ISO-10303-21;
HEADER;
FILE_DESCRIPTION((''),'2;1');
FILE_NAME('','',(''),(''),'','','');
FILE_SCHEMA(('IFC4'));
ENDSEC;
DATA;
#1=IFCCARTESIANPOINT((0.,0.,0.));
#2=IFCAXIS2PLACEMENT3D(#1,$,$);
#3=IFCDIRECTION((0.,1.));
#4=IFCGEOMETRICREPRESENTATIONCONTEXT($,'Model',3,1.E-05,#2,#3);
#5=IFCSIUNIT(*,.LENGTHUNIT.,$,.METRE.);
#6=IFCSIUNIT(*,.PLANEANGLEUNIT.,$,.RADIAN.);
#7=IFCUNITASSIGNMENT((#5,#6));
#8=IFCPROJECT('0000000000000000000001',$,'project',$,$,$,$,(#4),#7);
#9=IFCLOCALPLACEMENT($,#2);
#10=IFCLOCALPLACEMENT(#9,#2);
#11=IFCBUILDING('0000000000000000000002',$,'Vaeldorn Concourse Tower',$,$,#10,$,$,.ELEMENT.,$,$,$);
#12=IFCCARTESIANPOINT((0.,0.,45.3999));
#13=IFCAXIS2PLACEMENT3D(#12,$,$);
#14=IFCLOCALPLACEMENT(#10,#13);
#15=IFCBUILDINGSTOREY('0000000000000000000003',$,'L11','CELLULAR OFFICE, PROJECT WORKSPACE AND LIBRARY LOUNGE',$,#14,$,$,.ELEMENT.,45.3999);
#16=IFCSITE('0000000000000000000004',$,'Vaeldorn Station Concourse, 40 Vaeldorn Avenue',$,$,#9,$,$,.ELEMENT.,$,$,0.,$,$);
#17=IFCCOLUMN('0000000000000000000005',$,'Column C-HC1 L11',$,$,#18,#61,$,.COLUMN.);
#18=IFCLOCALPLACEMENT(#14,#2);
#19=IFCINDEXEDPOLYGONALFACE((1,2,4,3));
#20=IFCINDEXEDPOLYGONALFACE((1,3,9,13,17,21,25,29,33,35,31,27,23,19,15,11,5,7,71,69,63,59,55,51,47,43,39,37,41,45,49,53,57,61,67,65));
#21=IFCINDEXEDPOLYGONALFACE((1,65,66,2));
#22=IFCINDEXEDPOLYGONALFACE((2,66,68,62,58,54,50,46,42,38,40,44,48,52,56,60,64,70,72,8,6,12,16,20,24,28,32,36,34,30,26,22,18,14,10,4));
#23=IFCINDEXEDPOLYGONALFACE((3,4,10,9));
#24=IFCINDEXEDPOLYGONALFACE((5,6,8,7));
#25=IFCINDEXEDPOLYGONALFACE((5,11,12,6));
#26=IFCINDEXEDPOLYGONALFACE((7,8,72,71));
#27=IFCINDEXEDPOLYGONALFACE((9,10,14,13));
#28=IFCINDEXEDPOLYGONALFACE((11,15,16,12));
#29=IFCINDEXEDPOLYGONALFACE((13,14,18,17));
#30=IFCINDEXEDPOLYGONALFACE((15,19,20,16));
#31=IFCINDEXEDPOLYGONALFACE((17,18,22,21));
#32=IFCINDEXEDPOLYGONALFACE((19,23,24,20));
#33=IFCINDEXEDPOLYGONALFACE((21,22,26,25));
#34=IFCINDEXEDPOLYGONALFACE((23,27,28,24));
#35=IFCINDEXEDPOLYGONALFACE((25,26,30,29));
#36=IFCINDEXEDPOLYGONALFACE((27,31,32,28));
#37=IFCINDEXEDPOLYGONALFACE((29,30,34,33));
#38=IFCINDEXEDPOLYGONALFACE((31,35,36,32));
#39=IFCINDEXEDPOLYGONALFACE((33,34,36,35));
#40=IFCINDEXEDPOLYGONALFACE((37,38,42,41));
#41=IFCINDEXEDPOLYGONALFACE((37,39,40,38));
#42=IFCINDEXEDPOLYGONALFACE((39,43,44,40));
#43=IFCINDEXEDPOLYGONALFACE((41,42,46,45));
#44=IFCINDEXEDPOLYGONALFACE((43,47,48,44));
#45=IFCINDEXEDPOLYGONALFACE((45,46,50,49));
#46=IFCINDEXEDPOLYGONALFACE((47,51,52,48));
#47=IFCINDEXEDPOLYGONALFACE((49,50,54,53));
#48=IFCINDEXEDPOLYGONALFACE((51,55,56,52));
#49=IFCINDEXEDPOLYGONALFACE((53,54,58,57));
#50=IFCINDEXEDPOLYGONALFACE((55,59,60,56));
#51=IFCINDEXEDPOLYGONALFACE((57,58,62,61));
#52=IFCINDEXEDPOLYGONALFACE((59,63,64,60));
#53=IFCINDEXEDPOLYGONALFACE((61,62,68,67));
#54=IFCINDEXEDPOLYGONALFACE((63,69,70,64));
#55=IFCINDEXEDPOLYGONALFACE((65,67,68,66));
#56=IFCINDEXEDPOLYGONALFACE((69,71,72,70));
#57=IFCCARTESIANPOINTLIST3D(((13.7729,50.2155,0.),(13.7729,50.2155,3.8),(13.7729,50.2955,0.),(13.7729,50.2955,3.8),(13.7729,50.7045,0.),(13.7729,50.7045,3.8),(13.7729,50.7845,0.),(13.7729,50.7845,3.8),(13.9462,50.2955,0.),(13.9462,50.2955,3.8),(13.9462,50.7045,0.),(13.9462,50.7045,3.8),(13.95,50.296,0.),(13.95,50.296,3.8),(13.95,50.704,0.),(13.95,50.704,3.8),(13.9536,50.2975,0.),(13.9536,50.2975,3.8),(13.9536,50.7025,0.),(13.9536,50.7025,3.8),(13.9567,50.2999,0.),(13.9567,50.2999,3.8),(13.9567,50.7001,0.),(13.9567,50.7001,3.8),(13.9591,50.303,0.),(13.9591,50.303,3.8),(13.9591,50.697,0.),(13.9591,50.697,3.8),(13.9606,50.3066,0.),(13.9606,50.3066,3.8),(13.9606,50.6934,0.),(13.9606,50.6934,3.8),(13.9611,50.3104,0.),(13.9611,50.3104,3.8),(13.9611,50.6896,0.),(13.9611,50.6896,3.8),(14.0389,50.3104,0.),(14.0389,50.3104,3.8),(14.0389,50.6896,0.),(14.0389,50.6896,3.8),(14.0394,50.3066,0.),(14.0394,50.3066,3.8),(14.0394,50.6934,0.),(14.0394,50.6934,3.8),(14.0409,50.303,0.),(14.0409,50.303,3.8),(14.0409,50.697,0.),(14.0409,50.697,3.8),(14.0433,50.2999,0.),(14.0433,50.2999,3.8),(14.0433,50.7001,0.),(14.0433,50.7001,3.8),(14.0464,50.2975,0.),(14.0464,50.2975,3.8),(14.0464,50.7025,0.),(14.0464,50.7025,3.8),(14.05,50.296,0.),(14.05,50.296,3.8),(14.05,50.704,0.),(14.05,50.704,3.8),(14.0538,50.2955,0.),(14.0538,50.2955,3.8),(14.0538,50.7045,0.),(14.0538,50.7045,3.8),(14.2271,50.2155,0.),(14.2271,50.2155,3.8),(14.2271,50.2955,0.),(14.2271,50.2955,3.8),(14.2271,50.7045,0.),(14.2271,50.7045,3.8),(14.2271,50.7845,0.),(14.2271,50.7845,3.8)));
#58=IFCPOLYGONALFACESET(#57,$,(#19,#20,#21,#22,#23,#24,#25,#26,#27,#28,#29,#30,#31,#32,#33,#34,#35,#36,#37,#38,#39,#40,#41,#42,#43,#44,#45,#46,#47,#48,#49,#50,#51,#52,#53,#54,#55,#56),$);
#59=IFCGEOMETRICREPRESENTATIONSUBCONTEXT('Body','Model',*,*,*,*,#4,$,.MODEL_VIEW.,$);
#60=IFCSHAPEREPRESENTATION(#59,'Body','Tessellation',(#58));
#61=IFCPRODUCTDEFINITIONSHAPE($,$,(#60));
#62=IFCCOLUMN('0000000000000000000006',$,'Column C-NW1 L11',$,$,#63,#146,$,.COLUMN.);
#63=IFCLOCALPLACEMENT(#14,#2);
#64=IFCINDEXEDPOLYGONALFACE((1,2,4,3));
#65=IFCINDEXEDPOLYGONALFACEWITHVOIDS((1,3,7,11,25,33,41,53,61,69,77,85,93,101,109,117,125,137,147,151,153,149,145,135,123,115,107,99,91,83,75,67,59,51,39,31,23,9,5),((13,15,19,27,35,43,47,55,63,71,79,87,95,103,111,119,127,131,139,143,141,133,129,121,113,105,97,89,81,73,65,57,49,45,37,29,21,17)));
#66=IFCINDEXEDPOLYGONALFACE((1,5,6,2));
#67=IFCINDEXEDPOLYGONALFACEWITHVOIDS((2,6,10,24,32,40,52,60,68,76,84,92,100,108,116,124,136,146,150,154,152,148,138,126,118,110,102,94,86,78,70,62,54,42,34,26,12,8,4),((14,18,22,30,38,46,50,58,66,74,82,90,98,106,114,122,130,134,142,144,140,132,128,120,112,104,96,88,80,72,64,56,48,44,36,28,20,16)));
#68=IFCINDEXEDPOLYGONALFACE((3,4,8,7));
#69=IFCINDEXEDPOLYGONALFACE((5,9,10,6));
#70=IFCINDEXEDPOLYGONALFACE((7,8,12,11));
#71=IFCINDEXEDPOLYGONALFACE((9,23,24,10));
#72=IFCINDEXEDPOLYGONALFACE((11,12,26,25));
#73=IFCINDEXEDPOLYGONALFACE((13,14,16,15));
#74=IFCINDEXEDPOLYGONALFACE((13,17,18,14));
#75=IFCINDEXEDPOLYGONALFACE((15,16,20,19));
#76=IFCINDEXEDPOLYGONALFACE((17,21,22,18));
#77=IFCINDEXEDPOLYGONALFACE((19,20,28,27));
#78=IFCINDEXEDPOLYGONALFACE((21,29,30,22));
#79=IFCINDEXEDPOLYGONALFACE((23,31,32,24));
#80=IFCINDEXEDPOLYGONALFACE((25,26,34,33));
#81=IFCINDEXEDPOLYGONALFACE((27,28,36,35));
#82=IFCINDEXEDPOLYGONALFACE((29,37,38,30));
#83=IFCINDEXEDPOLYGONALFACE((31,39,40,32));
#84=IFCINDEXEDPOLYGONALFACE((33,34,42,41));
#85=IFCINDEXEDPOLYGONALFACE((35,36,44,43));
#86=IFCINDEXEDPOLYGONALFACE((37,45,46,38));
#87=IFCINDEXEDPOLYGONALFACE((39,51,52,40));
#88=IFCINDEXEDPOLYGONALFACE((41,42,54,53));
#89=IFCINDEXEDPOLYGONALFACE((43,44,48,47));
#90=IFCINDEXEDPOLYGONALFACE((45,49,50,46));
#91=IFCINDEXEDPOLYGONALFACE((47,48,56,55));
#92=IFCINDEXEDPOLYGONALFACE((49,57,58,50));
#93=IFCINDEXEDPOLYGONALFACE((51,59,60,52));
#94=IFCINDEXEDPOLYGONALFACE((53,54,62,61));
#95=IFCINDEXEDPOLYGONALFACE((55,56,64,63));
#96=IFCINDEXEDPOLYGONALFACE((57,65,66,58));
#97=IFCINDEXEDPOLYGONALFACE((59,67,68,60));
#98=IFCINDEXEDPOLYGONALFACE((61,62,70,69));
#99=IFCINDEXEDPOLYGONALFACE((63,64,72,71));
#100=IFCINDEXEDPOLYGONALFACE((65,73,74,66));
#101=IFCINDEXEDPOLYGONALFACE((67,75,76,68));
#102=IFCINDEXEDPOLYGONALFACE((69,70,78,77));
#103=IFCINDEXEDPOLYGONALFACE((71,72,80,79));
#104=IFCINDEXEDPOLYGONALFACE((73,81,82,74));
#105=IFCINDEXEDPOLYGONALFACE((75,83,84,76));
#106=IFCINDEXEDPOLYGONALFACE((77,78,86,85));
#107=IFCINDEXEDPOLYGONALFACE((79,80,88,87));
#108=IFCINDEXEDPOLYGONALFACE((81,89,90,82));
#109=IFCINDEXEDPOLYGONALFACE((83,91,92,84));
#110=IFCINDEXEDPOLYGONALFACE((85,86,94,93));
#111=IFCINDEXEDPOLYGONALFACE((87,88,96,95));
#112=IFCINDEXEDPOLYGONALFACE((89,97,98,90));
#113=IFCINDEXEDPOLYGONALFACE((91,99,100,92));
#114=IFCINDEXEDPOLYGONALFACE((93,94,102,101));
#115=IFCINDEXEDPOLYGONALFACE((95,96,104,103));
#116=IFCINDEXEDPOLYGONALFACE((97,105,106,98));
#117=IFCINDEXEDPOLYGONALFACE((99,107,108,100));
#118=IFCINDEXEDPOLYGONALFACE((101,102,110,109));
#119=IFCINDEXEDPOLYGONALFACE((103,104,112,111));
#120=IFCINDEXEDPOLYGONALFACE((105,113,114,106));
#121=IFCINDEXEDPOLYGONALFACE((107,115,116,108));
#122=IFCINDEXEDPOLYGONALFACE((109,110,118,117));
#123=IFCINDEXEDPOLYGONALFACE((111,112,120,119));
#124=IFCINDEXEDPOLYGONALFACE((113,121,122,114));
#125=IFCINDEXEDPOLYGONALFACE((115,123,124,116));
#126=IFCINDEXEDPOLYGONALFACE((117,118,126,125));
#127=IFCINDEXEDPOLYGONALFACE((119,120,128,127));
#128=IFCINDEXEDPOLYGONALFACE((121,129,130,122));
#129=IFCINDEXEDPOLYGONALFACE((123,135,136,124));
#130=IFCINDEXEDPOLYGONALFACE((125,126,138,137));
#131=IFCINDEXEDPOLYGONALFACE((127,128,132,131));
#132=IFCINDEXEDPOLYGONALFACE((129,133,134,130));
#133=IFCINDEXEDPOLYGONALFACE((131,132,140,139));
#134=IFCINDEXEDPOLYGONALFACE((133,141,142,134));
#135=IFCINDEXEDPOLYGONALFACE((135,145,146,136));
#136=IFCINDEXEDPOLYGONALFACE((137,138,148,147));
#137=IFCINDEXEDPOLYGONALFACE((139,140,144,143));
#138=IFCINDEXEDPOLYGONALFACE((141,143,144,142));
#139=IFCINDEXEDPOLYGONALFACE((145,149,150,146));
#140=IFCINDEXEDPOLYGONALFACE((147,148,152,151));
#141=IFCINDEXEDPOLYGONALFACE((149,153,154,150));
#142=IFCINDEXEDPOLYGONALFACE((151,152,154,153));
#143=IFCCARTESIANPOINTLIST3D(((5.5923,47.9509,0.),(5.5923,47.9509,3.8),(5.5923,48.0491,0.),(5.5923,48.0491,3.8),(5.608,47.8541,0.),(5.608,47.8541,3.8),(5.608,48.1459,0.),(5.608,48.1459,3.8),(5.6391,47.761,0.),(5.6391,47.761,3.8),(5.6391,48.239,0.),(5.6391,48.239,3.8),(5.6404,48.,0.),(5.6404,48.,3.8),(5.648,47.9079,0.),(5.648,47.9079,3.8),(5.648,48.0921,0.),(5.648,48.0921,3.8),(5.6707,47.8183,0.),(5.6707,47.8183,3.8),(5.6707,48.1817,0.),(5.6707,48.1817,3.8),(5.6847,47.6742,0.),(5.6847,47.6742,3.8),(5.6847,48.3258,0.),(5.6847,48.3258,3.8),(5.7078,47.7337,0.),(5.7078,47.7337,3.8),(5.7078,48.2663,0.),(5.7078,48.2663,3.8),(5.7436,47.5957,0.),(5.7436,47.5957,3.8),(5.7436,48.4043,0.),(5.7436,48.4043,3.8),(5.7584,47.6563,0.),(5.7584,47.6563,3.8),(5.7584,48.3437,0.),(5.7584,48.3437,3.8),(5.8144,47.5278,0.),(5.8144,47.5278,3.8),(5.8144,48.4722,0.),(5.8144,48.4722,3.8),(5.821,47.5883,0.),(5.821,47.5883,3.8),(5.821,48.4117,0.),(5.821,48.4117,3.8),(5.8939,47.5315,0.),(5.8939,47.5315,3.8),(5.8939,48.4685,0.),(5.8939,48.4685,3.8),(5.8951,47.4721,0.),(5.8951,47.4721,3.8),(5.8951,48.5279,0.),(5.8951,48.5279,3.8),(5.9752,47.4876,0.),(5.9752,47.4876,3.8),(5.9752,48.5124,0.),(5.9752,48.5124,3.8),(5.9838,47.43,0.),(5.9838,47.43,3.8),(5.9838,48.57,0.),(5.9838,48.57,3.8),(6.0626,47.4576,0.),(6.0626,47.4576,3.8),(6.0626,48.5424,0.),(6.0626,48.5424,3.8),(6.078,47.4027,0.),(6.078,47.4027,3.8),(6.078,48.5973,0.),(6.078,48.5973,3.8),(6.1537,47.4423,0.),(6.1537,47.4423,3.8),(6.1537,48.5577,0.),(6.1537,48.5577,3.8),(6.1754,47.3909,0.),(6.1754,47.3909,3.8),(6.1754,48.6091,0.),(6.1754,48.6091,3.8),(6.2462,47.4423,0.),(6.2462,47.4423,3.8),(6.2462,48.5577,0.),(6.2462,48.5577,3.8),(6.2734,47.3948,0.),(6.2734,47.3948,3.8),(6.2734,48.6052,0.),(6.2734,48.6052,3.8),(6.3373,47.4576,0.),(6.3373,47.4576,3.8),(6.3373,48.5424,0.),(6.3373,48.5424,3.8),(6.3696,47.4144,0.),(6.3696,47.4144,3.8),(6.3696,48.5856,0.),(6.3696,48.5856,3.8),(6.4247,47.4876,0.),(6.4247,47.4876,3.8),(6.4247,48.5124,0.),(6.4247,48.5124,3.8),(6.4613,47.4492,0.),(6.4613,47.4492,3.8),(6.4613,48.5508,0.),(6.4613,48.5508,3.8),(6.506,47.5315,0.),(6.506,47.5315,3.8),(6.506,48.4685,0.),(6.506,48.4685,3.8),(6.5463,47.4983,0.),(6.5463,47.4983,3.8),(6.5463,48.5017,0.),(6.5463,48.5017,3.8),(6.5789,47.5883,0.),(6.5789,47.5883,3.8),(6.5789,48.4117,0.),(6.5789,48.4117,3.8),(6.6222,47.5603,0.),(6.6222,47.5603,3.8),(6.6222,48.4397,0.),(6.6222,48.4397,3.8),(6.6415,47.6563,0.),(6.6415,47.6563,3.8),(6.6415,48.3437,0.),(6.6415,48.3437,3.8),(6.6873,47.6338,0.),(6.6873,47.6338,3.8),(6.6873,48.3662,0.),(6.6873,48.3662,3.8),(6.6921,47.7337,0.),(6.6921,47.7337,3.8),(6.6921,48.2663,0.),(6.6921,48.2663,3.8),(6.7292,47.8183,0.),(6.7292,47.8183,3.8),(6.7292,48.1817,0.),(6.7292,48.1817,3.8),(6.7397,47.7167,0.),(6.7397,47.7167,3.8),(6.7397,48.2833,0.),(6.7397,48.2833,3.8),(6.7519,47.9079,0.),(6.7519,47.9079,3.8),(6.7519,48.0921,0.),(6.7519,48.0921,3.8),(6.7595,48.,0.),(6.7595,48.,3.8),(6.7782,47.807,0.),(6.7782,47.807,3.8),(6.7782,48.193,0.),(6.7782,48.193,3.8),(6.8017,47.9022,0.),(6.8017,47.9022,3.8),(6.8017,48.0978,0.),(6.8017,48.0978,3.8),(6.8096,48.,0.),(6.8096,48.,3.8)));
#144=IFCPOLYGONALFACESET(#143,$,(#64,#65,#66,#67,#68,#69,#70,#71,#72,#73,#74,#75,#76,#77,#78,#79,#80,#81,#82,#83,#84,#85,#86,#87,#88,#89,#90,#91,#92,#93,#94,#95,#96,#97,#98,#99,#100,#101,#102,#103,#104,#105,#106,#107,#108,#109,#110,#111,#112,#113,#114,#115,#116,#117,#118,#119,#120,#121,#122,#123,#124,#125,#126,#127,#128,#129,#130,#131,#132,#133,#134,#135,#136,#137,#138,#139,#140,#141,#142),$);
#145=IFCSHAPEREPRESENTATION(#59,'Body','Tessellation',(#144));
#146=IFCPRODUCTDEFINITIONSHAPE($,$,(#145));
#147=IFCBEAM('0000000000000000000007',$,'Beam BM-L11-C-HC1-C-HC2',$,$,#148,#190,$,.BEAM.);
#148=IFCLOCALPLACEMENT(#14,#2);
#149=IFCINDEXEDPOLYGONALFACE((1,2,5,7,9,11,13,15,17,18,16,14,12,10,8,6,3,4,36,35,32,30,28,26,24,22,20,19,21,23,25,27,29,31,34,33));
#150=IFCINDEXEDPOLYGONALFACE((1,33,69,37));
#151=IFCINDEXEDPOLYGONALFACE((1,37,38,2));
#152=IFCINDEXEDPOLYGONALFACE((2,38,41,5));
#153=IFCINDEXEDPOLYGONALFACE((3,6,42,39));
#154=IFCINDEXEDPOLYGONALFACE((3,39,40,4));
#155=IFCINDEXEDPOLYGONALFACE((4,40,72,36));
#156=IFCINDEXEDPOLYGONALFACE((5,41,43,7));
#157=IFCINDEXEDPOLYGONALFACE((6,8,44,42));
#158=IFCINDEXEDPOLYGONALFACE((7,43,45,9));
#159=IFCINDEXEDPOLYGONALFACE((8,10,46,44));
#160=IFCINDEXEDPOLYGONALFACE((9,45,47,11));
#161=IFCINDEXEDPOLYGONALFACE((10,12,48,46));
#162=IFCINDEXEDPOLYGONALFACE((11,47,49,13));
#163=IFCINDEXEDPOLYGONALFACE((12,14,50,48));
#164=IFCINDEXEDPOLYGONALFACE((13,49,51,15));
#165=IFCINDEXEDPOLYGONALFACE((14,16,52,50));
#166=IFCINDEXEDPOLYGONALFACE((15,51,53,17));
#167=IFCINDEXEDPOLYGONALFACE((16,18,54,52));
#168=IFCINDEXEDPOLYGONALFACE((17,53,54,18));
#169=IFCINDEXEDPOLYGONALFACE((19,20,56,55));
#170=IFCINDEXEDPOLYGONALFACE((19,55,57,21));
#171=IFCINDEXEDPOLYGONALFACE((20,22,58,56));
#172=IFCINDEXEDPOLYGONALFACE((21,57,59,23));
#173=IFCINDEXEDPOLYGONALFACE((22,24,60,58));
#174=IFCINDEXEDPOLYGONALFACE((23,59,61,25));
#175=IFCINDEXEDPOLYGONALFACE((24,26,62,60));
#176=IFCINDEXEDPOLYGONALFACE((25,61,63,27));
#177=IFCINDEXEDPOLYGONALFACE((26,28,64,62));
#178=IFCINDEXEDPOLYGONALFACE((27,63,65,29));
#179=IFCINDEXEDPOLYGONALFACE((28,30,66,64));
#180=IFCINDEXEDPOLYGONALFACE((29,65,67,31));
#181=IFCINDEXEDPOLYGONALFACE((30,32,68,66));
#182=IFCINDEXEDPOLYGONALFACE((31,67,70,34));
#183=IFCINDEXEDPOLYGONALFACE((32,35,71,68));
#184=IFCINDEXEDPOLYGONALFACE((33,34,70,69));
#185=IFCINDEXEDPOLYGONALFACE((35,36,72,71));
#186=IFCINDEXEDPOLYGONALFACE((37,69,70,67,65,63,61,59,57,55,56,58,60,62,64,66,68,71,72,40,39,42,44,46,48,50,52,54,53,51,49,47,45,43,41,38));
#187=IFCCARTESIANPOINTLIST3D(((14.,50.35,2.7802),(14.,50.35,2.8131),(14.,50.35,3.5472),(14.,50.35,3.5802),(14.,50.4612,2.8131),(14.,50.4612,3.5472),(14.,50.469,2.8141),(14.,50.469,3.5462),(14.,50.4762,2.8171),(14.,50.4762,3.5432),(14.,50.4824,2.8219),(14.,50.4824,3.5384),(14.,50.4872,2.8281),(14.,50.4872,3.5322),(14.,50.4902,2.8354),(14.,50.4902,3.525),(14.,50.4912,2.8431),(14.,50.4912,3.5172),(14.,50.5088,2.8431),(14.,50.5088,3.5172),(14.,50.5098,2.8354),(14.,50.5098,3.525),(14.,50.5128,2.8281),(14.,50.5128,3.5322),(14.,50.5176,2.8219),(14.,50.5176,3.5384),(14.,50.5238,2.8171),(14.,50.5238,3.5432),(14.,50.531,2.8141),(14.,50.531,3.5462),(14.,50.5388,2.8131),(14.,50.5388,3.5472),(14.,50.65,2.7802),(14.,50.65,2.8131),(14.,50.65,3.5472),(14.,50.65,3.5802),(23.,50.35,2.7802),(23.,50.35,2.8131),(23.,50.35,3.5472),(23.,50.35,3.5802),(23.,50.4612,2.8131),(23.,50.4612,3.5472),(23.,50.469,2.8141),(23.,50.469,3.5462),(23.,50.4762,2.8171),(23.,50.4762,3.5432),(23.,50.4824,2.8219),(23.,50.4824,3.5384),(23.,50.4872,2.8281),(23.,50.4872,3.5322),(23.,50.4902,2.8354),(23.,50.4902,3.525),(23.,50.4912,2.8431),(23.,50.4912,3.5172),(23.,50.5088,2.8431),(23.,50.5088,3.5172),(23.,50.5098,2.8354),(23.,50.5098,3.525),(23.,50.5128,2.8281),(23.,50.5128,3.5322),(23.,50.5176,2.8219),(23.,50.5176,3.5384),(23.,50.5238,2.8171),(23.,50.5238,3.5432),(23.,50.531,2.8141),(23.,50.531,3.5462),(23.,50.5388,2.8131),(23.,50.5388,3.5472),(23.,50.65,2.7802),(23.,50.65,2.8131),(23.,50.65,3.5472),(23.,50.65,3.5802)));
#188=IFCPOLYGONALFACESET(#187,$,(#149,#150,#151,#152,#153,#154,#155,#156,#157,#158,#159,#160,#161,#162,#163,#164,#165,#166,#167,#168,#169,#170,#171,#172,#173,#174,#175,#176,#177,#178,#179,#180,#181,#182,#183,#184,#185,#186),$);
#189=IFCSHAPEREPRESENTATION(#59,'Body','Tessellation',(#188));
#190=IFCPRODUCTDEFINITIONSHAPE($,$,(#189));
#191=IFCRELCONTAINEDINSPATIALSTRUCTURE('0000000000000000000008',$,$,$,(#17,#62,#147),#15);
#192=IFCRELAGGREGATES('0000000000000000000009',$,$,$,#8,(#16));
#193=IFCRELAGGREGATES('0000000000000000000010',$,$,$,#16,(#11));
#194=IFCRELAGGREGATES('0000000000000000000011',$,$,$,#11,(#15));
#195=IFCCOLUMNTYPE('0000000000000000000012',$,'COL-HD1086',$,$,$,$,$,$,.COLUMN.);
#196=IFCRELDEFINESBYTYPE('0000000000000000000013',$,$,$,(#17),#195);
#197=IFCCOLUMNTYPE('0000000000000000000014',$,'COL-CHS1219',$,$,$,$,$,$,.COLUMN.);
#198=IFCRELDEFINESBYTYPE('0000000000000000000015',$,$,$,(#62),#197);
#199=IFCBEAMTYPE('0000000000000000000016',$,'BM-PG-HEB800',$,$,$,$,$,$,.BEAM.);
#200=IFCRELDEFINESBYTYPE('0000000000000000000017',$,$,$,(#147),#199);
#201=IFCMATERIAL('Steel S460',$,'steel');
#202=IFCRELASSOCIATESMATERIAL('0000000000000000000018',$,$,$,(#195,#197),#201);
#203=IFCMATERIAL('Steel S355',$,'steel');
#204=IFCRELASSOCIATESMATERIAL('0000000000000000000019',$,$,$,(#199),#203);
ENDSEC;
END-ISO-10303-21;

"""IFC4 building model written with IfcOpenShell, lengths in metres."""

from ifc_helpers import new_model, si_unit, direction, frame, origin, origin_2d, place, context, subcontext, project, spatial, hollow_circle, i_section, extrude, source, transform, mapped, material, material_profile, profile_set, type_object, element, save


model = new_model("IFC4")

# Units and contexts
model_context = context("Model", 3, precision=1e-05, world=origin(), true_north=direction((0.0, 1.0)))
body_context = subcontext(model_context, "Body", "Model", "MODEL_VIEW")
ifc_project = project(units=[si_unit("LENGTHUNIT", "METRE"), si_unit("PLANEANGLEUNIT", "RADIAN")], contexts=[model_context])

# Site, building, storey
site_placement = place(None, origin())
site = spatial("IfcSite", under=ifc_project, at=site_placement, Name="Vaeldorn Station Concourse, 40 Vaeldorn Avenue", CompositionType="ELEMENT", RefElevation=0.0)
building_placement = place(site_placement, origin())
building = spatial("IfcBuilding", under=site, at=building_placement, Name="Vaeldorn Concourse Tower", CompositionType="ELEMENT")
storey_placement = place(building_placement, frame((0.0, 0.0, 45.3999)))
storey = spatial("IfcBuildingStorey", under=building, at=storey_placement, Name="L11", Description="CELLULAR OFFICE, PROJECT WORKSPACE AND LIBRARY LOUNGE", CompositionType="ELEMENT", Elevation=45.3999)

# Columns
ifc_material_1 = material(Name="Steel S460", Category="steel")
ifc_material_profile_1 = material_profile(ifc_material_1, i_section(OverallWidth=0.4541, OverallDepth=0.5691, WebThickness=0.0779, FlangeThickness=0.0801, FilletRadius=0.0149, at=origin_2d()), Name="HD 400x1086")
ifc_profile_set_1 = profile_set([ifc_material_profile_1], Name="Steel S460")
column_type_1 = type_object("IfcColumnType", Name="COL-HD1086", PredefinedType="COLUMN", material=ifc_profile_set_1)
shared_shape_1 = source(origin(), body_context, "Body", "SweptSolid", [
    extrude(i_section(OverallWidth=0.4541, OverallDepth=0.5691, WebThickness=0.0779, FlangeThickness=0.0801, FilletRadius=0.0149, at=origin_2d()), origin(), (0.0, 0.0, 1.0), 3.8),
])
column_1_placement = place(storey_placement, frame((14.0, 50.5, 0.0), z_axis=(0.0, 0.0, 1.0), x_axis=(1.0, 0.0, 0.0)))
element("IfcColumn", 1, at=column_1_placement, inside=storey, type_object=column_type_1, Name="Column C-HC1 L11", PredefinedType="COLUMN", context=body_context, shape_type="MappedRepresentation", body=[
    mapped(shared_shape_1, transform((0.0, 0.0, 0.0), scale=1.0)),
])
ifc_material_profile_2 = material_profile(ifc_material_1, hollow_circle(Radius=0.6096, WallThickness=0.05, at=origin_2d()), Name="CHS 1219x50")
ifc_profile_set_2 = profile_set([ifc_material_profile_2], Name="Steel S460")
column_type_2 = type_object("IfcColumnType", Name="COL-CHS1219", PredefinedType="COLUMN", material=ifc_profile_set_2)
shared_shape_2 = source(origin(), body_context, "Body", "SweptSolid", [
    extrude(hollow_circle(Radius=0.6096, WallThickness=0.05, at=origin_2d()), origin(), (0.0, 0.0, 1.0), 3.8),
])
column_2_placement = place(storey_placement, frame((6.2, 48.0, 0.0), z_axis=(0.0, 0.0, 1.0), x_axis=(1.0, 0.0, 0.0)))
element("IfcColumn", 2, at=column_2_placement, inside=storey, type_object=column_type_2, Name="Column C-NW1 L11", PredefinedType="COLUMN", context=body_context, shape_type="MappedRepresentation", body=[
    mapped(shared_shape_2, transform((0.0, 0.0, 0.0), scale=1.0)),
])

# Beam
ifc_material_2 = material(Name="Steel S355", Category="steel")
ifc_material_profile_3 = material_profile(ifc_material_2, i_section(OverallWidth=0.3, OverallDepth=0.8, WebThickness=0.0176, FlangeThickness=0.033, FilletRadius=0.03, at=origin_2d()), Name="HEB 800")
ifc_profile_set_3 = profile_set([ifc_material_profile_3], Name="Steel S355")
beam_type_1 = type_object("IfcBeamType", Name="BM-PG-HEB800", PredefinedType="BEAM", material=ifc_profile_set_3)
shared_shape_3 = source(origin(), body_context, "Body", "SweptSolid", [
    extrude(i_section(OverallWidth=0.3, OverallDepth=0.8, WebThickness=0.0176, FlangeThickness=0.033, FilletRadius=0.03, at=origin_2d()), origin(), (0.0, 0.0, 1.0), 9.0),
])
beam_1_placement = place(storey_placement, frame((14.0, 50.5, 3.1802), z_axis=(1.0, 0.0, 0.0), x_axis=(0.0, 1.0, 0.0)))
element("IfcBeam", 3, at=beam_1_placement, inside=storey, type_object=beam_type_1, Name="Beam BM-L11-C-HC1-C-HC2", PredefinedType="BEAM", context=body_context, shape_type="MappedRepresentation", body=[
    mapped(shared_shape_3, transform((0.0, 0.0, 0.0), scale=1.0)),
])

save(model, "model.ifc")
